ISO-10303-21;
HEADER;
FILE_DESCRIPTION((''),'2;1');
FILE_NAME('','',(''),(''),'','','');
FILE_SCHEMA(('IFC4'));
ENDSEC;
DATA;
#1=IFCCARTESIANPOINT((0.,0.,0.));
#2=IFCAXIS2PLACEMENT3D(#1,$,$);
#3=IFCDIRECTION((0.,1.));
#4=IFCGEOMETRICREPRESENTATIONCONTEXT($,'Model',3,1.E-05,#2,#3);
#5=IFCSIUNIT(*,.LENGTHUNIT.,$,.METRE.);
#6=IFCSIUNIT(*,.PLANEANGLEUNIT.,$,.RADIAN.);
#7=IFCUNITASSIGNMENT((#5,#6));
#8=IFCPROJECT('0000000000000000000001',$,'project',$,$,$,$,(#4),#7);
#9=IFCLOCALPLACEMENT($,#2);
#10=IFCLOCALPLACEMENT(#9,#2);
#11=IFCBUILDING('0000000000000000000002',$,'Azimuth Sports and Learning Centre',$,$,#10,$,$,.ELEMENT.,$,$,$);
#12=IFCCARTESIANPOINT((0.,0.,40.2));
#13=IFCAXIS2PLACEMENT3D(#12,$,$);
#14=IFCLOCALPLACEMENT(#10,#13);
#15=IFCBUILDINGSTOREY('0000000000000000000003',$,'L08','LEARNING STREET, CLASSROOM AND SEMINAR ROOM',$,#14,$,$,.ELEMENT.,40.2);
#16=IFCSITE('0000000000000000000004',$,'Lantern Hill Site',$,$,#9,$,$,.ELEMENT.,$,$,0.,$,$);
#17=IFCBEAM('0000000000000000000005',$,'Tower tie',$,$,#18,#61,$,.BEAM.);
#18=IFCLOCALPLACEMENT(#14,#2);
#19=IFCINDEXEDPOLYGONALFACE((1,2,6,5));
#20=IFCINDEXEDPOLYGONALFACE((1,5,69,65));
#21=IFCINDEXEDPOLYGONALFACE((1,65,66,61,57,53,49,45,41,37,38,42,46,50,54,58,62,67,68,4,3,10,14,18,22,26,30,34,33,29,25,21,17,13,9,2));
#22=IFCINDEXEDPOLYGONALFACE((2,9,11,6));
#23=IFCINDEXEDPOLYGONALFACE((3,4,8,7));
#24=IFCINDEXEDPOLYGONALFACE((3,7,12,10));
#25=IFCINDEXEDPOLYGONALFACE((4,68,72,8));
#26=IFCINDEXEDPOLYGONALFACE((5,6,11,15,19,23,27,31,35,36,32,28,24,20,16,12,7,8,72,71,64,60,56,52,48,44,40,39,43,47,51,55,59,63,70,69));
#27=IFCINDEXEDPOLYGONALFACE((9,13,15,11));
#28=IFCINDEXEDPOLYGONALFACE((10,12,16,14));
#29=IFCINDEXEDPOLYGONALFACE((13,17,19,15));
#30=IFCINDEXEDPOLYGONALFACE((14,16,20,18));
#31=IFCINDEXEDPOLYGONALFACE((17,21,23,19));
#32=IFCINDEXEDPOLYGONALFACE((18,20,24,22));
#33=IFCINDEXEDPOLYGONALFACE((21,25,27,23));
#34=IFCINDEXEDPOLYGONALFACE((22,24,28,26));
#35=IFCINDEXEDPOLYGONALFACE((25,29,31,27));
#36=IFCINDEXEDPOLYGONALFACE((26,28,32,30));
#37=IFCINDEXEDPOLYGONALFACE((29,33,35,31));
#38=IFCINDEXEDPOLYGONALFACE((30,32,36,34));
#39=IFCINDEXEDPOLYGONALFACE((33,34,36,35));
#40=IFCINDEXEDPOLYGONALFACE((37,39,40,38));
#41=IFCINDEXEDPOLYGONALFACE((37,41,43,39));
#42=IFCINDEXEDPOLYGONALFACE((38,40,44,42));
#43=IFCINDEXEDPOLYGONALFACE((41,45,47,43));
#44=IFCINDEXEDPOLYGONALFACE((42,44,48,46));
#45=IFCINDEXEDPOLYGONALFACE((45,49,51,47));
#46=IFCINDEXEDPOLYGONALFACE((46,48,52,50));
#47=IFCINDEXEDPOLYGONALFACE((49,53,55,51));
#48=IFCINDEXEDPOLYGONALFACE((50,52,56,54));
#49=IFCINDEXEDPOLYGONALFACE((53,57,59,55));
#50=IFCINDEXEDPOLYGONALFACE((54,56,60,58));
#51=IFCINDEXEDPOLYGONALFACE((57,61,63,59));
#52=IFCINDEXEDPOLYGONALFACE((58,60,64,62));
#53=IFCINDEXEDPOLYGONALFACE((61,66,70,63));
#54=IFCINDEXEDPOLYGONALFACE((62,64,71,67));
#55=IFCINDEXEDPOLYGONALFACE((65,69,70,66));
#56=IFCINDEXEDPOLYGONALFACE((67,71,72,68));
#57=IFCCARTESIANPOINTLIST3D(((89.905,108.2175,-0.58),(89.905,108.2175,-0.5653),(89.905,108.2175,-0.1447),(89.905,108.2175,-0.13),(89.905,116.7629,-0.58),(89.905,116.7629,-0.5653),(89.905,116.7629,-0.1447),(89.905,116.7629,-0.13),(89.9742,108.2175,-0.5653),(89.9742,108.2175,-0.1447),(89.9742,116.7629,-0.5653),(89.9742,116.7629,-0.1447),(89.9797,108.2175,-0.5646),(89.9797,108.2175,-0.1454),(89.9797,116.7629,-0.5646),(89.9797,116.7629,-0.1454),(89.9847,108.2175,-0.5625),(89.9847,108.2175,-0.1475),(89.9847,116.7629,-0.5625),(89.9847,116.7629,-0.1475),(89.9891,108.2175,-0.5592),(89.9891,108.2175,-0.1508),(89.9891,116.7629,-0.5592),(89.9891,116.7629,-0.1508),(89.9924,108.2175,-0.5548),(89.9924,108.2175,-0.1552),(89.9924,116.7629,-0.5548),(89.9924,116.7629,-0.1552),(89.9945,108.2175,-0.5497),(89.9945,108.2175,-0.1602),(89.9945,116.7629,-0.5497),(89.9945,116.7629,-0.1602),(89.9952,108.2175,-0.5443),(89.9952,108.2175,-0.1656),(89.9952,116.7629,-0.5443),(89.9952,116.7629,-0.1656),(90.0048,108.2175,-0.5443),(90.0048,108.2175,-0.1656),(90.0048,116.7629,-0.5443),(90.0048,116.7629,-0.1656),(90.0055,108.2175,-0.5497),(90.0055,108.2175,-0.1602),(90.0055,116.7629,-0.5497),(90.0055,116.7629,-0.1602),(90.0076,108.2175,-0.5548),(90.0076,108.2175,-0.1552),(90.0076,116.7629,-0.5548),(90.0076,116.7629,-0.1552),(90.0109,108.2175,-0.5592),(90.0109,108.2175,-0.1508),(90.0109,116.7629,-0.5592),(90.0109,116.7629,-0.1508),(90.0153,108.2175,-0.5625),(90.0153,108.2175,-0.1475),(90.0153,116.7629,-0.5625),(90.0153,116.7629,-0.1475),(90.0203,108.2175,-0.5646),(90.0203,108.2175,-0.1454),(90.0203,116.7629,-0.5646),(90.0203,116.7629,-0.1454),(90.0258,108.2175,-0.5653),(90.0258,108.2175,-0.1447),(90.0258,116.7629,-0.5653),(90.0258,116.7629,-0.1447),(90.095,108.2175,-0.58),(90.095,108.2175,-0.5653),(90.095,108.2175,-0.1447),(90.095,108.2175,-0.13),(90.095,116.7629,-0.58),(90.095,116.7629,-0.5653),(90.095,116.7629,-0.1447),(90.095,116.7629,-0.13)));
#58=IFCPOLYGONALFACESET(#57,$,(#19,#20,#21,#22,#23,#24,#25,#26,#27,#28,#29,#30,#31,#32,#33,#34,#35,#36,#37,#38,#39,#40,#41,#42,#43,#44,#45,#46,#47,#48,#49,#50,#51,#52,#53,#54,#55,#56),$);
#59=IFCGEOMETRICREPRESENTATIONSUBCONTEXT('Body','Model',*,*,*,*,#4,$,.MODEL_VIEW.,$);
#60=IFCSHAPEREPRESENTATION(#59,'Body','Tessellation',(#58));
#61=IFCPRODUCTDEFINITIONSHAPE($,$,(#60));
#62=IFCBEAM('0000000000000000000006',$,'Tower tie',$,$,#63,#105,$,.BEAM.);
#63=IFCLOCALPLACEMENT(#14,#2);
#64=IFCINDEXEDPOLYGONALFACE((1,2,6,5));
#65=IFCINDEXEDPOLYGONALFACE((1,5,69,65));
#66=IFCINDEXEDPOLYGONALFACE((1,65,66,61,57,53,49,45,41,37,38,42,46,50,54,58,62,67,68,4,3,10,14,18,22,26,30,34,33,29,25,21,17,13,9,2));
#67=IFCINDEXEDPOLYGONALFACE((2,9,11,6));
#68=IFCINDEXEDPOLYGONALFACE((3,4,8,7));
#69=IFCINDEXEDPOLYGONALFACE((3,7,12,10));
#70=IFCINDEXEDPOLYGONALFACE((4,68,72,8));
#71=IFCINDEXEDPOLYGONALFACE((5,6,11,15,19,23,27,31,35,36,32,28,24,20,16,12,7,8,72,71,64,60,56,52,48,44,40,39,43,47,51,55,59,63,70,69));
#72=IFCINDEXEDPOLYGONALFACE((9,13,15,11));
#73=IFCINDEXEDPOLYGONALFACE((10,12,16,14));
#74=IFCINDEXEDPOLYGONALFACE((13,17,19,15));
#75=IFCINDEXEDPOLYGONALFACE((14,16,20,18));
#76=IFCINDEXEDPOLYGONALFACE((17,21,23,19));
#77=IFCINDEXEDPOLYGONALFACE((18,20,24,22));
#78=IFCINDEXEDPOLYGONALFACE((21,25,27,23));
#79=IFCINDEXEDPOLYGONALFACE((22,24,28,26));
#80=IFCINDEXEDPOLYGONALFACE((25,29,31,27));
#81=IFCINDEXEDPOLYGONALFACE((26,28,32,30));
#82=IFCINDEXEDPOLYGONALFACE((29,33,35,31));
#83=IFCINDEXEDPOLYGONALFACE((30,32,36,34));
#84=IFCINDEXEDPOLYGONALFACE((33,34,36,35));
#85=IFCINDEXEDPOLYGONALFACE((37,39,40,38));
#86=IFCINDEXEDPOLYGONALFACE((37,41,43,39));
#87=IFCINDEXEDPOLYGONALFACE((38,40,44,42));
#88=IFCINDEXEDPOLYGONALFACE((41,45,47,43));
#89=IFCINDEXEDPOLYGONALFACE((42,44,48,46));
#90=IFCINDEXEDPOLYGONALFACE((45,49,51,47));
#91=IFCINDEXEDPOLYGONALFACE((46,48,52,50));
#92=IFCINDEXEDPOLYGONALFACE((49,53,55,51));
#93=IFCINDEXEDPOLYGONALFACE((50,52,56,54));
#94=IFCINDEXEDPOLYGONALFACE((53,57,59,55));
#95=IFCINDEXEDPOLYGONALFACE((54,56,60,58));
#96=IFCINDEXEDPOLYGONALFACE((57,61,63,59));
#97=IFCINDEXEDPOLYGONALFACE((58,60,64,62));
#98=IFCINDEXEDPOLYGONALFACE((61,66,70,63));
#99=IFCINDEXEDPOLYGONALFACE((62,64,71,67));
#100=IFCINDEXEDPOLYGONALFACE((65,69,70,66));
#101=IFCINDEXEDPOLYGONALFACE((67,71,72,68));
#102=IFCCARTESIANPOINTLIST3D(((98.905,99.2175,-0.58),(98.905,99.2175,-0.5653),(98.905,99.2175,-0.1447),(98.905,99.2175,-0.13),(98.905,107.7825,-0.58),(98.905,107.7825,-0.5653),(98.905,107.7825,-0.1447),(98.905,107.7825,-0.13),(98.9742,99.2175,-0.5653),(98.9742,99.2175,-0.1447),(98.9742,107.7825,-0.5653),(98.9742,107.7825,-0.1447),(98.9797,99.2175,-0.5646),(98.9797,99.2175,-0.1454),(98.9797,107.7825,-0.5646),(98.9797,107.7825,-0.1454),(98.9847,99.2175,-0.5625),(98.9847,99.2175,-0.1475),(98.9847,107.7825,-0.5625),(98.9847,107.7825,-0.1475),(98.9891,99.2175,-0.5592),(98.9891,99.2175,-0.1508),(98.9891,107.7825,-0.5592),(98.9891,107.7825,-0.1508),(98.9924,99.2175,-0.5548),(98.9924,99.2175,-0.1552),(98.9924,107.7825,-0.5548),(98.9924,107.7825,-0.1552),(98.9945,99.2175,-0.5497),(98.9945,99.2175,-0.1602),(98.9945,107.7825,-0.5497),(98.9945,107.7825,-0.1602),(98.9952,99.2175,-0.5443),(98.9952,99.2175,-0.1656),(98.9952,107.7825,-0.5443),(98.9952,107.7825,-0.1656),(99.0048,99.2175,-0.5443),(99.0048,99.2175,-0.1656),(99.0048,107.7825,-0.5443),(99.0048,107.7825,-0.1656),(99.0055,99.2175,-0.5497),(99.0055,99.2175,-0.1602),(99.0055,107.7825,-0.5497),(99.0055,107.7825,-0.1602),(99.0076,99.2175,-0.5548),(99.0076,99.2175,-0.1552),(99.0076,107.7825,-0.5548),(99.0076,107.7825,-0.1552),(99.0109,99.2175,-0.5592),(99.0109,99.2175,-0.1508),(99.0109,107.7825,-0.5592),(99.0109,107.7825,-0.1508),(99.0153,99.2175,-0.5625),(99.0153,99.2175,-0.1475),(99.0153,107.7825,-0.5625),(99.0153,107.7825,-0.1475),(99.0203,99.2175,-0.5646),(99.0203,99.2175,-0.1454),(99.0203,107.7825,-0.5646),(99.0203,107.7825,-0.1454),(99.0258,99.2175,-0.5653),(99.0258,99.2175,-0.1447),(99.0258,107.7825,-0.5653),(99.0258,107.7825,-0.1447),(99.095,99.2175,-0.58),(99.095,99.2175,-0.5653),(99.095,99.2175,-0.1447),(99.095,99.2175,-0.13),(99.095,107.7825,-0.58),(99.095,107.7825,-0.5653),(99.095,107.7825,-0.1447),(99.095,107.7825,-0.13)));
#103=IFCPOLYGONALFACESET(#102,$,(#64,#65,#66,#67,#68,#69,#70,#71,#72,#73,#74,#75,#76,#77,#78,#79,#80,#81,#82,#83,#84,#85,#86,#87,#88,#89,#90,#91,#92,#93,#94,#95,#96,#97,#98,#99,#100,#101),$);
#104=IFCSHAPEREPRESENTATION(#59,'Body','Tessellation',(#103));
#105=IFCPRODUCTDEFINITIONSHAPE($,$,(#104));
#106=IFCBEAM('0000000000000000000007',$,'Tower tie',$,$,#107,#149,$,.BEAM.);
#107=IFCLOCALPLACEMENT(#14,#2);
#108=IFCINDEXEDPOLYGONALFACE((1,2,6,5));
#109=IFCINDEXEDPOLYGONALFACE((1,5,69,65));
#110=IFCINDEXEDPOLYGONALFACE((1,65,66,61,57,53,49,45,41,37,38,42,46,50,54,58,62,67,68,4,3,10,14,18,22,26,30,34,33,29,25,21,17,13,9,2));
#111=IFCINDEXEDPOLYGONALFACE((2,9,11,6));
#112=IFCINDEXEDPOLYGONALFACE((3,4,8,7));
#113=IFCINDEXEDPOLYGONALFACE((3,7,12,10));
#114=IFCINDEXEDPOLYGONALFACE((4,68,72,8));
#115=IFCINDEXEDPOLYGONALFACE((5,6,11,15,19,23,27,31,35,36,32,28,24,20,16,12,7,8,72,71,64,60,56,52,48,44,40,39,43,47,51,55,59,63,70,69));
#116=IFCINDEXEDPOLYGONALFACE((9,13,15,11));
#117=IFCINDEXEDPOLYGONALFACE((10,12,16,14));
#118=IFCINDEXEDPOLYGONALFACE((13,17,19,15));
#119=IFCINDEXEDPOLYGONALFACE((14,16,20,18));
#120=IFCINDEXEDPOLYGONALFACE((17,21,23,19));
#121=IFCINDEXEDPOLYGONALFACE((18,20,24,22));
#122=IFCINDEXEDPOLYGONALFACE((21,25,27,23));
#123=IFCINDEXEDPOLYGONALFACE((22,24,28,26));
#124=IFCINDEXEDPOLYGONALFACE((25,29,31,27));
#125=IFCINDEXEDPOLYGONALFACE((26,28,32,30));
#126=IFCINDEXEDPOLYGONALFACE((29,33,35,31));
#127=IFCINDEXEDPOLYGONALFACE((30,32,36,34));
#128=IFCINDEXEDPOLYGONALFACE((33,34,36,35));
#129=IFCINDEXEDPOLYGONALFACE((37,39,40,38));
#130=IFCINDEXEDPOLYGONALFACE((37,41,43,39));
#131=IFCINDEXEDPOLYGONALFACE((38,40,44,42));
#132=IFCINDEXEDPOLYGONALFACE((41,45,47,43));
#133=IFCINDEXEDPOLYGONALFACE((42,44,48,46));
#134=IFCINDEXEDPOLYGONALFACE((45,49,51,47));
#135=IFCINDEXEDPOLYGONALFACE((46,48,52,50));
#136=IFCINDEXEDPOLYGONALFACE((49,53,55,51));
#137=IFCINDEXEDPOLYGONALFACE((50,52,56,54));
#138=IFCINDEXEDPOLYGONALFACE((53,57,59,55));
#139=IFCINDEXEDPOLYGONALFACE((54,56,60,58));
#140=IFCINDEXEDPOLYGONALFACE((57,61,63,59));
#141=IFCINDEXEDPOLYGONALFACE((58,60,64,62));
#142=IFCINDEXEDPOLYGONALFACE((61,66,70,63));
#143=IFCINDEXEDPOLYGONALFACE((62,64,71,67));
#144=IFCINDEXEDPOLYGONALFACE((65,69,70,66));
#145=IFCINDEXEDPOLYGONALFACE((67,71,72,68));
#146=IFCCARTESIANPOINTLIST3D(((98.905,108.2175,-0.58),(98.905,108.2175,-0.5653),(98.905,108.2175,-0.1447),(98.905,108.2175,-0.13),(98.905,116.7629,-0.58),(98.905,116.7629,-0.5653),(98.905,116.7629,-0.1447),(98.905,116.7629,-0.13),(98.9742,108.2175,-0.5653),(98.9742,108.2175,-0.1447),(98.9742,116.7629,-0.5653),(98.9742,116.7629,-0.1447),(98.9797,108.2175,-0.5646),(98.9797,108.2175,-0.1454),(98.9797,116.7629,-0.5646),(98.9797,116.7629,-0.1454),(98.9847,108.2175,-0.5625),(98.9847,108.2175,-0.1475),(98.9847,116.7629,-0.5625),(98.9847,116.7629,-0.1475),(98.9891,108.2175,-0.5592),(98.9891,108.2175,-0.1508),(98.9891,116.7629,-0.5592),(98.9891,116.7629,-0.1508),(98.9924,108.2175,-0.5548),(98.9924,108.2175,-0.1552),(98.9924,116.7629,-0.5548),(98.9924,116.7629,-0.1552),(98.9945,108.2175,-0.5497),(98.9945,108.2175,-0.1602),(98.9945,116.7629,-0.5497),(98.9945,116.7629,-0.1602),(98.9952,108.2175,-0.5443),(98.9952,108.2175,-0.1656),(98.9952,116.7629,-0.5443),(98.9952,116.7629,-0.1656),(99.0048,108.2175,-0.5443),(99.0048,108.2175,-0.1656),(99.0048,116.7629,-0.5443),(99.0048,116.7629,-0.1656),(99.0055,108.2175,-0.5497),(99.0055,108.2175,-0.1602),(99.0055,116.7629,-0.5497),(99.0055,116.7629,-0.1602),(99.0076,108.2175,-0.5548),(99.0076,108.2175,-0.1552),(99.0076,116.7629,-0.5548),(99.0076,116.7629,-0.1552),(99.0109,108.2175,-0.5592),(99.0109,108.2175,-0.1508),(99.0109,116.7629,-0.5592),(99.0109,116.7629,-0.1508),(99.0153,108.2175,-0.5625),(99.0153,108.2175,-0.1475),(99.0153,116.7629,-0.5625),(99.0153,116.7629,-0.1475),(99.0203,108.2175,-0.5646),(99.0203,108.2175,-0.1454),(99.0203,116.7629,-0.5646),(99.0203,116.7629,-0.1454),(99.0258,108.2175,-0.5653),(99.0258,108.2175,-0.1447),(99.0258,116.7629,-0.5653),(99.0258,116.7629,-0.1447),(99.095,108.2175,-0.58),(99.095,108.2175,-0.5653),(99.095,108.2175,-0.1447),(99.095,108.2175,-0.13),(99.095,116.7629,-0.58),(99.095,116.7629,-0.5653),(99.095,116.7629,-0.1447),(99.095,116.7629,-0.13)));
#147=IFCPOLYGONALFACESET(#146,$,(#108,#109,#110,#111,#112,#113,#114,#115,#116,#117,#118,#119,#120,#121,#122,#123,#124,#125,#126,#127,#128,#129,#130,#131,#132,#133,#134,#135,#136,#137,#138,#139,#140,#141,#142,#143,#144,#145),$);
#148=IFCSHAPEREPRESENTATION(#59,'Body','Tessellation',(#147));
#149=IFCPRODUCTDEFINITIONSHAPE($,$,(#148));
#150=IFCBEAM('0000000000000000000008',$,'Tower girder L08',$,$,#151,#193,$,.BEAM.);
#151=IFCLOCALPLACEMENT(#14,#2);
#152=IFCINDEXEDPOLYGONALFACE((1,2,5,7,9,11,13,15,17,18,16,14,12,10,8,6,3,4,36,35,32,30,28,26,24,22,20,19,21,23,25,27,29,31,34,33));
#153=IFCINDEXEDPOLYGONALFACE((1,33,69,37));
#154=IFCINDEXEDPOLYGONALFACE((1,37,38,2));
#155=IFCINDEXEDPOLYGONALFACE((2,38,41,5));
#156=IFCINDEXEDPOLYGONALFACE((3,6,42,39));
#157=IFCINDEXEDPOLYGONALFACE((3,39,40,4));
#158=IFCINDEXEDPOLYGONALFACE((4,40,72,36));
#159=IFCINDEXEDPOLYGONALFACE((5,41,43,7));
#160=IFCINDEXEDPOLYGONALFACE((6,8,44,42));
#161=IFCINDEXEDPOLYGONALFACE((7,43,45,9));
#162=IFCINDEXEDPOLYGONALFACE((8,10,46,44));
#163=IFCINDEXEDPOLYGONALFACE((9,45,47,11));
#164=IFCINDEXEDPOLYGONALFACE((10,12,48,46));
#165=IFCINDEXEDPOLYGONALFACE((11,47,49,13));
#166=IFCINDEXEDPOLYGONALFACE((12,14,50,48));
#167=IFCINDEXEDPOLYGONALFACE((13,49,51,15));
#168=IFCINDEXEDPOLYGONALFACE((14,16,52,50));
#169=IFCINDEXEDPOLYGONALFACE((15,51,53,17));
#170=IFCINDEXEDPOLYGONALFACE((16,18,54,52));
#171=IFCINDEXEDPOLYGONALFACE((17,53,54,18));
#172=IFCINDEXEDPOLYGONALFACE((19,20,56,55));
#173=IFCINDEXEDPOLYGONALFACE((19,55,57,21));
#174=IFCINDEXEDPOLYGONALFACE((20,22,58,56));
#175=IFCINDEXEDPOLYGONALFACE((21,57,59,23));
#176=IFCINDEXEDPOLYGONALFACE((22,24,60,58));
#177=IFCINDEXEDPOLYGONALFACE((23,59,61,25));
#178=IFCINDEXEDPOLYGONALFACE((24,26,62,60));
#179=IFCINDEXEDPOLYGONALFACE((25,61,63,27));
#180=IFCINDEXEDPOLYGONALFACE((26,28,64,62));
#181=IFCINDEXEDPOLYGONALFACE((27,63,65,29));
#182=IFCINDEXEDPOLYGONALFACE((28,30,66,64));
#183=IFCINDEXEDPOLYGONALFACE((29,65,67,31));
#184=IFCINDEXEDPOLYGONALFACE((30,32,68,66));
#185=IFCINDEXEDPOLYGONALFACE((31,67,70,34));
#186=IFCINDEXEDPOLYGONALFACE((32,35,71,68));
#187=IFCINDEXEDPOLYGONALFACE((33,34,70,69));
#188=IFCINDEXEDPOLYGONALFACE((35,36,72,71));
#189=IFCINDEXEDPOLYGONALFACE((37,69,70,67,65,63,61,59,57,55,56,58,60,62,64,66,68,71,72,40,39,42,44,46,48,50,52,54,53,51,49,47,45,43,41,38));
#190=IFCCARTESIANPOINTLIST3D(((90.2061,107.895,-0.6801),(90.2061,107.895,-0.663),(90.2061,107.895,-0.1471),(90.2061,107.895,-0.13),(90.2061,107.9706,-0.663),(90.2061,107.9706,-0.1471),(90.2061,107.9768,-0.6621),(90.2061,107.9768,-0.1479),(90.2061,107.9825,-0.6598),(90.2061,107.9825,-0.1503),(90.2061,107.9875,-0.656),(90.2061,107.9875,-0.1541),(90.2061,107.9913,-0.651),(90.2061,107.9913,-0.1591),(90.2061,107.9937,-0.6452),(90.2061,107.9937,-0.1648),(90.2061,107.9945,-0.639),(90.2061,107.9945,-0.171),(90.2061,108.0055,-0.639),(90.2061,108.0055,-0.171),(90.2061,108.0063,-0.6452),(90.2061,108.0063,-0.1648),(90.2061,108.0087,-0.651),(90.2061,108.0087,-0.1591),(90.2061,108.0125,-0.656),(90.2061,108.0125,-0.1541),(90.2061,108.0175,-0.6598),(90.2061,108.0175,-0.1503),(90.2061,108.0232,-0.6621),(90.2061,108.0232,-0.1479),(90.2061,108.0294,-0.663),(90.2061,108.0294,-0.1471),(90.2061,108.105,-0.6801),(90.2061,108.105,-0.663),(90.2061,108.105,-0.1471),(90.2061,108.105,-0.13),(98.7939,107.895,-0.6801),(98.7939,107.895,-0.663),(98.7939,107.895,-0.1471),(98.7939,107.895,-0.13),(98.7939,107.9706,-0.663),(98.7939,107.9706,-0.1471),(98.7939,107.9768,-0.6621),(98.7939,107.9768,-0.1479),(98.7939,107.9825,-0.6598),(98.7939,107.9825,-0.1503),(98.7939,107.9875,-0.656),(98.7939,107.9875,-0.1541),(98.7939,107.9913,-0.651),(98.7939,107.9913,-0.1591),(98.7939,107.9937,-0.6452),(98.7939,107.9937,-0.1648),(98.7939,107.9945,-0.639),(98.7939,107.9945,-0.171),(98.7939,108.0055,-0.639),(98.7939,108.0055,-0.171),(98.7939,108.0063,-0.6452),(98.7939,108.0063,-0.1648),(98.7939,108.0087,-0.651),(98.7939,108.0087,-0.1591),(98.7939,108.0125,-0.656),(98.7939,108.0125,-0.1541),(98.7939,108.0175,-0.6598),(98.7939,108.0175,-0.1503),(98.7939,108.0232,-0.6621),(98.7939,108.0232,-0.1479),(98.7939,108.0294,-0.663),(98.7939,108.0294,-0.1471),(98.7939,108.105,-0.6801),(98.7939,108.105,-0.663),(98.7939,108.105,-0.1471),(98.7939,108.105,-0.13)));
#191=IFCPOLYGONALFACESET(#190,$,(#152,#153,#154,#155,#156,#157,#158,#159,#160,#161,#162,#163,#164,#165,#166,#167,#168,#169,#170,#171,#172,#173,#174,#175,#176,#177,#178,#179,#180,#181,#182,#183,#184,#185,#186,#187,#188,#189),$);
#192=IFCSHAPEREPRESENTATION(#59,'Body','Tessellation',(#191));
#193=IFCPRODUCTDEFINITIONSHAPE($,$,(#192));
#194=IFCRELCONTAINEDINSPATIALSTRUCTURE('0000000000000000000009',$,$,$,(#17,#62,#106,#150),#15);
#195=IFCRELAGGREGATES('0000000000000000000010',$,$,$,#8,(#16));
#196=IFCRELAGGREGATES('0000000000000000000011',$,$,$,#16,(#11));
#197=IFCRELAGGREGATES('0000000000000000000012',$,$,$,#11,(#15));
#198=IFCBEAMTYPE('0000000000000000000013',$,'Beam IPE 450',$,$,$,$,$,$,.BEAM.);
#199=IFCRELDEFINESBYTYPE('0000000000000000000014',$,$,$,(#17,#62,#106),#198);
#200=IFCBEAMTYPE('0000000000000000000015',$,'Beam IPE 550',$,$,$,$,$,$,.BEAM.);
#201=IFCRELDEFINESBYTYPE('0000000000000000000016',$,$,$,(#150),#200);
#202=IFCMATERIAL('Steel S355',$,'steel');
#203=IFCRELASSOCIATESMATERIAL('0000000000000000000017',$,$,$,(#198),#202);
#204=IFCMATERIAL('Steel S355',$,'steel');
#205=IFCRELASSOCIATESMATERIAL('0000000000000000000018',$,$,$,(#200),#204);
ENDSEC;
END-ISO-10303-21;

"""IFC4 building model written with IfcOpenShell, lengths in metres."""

from ifc_helpers import new_model, si_unit, direction, frame, origin, origin_2d, place, context, subcontext, project, spatial, i_section, extrude, material, material_profile, profile_set, type_object, element, save


model = new_model("IFC4")

# Units and contexts
model_context = context("Model", 3, precision=1e-05, world=origin(), true_north=direction((0.0, 1.0)))
body_context = subcontext(model_context, "Body", "Model", "MODEL_VIEW")
ifc_project = project(units=[si_unit("LENGTHUNIT", "METRE"), si_unit("PLANEANGLEUNIT", "RADIAN")], contexts=[model_context])

# Site, building, storey
site_placement = place(None, origin())
site = spatial("IfcSite", under=ifc_project, at=site_placement, Name="Lantern Hill Site", CompositionType="ELEMENT", RefElevation=0.0)
building_placement = place(site_placement, origin())
building = spatial("IfcBuilding", under=site, at=building_placement, Name="Azimuth Sports and Learning Centre", CompositionType="ELEMENT")
storey_placement = place(building_placement, frame((0.0, 0.0, 40.2)))
storey = spatial("IfcBuildingStorey", under=building, at=storey_placement, Name="L08", Description="LEARNING STREET, CLASSROOM AND SEMINAR ROOM", CompositionType="ELEMENT", Elevation=40.2)

# Beams
ifc_material_1 = material(Name="Steel S355", Category="steel")
ifc_material_profile_1 = material_profile(ifc_material_1, i_section(OverallWidth=0.1899, OverallDepth=0.45, WebThickness=0.0095, FlangeThickness=0.0146, FilletRadius=0.021, at=origin_2d()), Name="IPE 450")
ifc_profile_set_1 = profile_set([ifc_material_profile_1], Name="Steel S355")
beam_type_1 = type_object("IfcBeamType", Name="Beam IPE 450", PredefinedType="BEAM", material=ifc_profile_set_1)
beam_1_placement = place(storey_placement, frame((90.0, 108.2175, -0.355), z_axis=(0.0, 1.0, 0.0), x_axis=(-1.0, 0.0, 0.0)))
element("IfcBeam", 1, at=beam_1_placement, inside=storey, type_object=beam_type_1, Name="Tower tie", PredefinedType="BEAM", context=body_context, shape_type="SweptSolid", body=[
    extrude(i_section(OverallWidth=0.1899, OverallDepth=0.45, WebThickness=0.0095, FlangeThickness=0.0146, FilletRadius=0.021, at=origin_2d()), origin(), (0.0, 0.0, 1.0), 8.5454),
])
beam_2_placement = place(storey_placement, frame((99.0, 99.2175, -0.355), z_axis=(0.0, 1.0, 0.0), x_axis=(-1.0, 0.0, 0.0)))
element("IfcBeam", 2, at=beam_2_placement, inside=storey, type_object=beam_type_1, Name="Tower tie", PredefinedType="BEAM", context=body_context, shape_type="SweptSolid", body=[
    extrude(i_section(OverallWidth=0.1899, OverallDepth=0.45, WebThickness=0.0095, FlangeThickness=0.0146, FilletRadius=0.021, at=origin_2d()), origin(), (0.0, 0.0, 1.0), 8.5649),
])
beam_3_placement = place(storey_placement, frame((99.0, 108.2175, -0.355), z_axis=(0.0, 1.0, 0.0), x_axis=(-1.0, 0.0, 0.0)))
element("IfcBeam", 3, at=beam_3_placement, inside=storey, type_object=beam_type_1, Name="Tower tie", PredefinedType="BEAM", context=body_context, shape_type="SweptSolid", body=[
    extrude(i_section(OverallWidth=0.1899, OverallDepth=0.45, WebThickness=0.0095, FlangeThickness=0.0146, FilletRadius=0.021, at=origin_2d()), origin(), (0.0, 0.0, 1.0), 8.5454),
])
ifc_material_2 = material(Name="Steel S355", Category="steel")
ifc_material_profile_2 = material_profile(ifc_material_2, i_section(OverallWidth=0.21, OverallDepth=0.55, WebThickness=0.011, FlangeThickness=0.0171, FilletRadius=0.0239, at=origin_2d()), Name="IPE 550")
ifc_profile_set_2 = profile_set([ifc_material_profile_2], Name="Steel S355")
beam_type_2 = type_object("IfcBeamType", Name="Beam IPE 550", PredefinedType="BEAM", material=ifc_profile_set_2)
beam_4_placement = place(storey_placement, frame((90.2061, 108.0, -0.405), z_axis=(1.0, 0.0, 0.0), x_axis=(0.0, 1.0, 0.0)))
element("IfcBeam", 4, at=beam_4_placement, inside=storey, type_object=beam_type_2, Name="Tower girder L08", PredefinedType="BEAM", context=body_context, shape_type="SweptSolid", body=[
    extrude(i_section(OverallWidth=0.21, OverallDepth=0.55, WebThickness=0.011, FlangeThickness=0.0171, FilletRadius=0.0239, at=origin_2d()), origin(), (0.0, 0.0, 1.0), 8.5879),
])

save(model, "model.ifc")
